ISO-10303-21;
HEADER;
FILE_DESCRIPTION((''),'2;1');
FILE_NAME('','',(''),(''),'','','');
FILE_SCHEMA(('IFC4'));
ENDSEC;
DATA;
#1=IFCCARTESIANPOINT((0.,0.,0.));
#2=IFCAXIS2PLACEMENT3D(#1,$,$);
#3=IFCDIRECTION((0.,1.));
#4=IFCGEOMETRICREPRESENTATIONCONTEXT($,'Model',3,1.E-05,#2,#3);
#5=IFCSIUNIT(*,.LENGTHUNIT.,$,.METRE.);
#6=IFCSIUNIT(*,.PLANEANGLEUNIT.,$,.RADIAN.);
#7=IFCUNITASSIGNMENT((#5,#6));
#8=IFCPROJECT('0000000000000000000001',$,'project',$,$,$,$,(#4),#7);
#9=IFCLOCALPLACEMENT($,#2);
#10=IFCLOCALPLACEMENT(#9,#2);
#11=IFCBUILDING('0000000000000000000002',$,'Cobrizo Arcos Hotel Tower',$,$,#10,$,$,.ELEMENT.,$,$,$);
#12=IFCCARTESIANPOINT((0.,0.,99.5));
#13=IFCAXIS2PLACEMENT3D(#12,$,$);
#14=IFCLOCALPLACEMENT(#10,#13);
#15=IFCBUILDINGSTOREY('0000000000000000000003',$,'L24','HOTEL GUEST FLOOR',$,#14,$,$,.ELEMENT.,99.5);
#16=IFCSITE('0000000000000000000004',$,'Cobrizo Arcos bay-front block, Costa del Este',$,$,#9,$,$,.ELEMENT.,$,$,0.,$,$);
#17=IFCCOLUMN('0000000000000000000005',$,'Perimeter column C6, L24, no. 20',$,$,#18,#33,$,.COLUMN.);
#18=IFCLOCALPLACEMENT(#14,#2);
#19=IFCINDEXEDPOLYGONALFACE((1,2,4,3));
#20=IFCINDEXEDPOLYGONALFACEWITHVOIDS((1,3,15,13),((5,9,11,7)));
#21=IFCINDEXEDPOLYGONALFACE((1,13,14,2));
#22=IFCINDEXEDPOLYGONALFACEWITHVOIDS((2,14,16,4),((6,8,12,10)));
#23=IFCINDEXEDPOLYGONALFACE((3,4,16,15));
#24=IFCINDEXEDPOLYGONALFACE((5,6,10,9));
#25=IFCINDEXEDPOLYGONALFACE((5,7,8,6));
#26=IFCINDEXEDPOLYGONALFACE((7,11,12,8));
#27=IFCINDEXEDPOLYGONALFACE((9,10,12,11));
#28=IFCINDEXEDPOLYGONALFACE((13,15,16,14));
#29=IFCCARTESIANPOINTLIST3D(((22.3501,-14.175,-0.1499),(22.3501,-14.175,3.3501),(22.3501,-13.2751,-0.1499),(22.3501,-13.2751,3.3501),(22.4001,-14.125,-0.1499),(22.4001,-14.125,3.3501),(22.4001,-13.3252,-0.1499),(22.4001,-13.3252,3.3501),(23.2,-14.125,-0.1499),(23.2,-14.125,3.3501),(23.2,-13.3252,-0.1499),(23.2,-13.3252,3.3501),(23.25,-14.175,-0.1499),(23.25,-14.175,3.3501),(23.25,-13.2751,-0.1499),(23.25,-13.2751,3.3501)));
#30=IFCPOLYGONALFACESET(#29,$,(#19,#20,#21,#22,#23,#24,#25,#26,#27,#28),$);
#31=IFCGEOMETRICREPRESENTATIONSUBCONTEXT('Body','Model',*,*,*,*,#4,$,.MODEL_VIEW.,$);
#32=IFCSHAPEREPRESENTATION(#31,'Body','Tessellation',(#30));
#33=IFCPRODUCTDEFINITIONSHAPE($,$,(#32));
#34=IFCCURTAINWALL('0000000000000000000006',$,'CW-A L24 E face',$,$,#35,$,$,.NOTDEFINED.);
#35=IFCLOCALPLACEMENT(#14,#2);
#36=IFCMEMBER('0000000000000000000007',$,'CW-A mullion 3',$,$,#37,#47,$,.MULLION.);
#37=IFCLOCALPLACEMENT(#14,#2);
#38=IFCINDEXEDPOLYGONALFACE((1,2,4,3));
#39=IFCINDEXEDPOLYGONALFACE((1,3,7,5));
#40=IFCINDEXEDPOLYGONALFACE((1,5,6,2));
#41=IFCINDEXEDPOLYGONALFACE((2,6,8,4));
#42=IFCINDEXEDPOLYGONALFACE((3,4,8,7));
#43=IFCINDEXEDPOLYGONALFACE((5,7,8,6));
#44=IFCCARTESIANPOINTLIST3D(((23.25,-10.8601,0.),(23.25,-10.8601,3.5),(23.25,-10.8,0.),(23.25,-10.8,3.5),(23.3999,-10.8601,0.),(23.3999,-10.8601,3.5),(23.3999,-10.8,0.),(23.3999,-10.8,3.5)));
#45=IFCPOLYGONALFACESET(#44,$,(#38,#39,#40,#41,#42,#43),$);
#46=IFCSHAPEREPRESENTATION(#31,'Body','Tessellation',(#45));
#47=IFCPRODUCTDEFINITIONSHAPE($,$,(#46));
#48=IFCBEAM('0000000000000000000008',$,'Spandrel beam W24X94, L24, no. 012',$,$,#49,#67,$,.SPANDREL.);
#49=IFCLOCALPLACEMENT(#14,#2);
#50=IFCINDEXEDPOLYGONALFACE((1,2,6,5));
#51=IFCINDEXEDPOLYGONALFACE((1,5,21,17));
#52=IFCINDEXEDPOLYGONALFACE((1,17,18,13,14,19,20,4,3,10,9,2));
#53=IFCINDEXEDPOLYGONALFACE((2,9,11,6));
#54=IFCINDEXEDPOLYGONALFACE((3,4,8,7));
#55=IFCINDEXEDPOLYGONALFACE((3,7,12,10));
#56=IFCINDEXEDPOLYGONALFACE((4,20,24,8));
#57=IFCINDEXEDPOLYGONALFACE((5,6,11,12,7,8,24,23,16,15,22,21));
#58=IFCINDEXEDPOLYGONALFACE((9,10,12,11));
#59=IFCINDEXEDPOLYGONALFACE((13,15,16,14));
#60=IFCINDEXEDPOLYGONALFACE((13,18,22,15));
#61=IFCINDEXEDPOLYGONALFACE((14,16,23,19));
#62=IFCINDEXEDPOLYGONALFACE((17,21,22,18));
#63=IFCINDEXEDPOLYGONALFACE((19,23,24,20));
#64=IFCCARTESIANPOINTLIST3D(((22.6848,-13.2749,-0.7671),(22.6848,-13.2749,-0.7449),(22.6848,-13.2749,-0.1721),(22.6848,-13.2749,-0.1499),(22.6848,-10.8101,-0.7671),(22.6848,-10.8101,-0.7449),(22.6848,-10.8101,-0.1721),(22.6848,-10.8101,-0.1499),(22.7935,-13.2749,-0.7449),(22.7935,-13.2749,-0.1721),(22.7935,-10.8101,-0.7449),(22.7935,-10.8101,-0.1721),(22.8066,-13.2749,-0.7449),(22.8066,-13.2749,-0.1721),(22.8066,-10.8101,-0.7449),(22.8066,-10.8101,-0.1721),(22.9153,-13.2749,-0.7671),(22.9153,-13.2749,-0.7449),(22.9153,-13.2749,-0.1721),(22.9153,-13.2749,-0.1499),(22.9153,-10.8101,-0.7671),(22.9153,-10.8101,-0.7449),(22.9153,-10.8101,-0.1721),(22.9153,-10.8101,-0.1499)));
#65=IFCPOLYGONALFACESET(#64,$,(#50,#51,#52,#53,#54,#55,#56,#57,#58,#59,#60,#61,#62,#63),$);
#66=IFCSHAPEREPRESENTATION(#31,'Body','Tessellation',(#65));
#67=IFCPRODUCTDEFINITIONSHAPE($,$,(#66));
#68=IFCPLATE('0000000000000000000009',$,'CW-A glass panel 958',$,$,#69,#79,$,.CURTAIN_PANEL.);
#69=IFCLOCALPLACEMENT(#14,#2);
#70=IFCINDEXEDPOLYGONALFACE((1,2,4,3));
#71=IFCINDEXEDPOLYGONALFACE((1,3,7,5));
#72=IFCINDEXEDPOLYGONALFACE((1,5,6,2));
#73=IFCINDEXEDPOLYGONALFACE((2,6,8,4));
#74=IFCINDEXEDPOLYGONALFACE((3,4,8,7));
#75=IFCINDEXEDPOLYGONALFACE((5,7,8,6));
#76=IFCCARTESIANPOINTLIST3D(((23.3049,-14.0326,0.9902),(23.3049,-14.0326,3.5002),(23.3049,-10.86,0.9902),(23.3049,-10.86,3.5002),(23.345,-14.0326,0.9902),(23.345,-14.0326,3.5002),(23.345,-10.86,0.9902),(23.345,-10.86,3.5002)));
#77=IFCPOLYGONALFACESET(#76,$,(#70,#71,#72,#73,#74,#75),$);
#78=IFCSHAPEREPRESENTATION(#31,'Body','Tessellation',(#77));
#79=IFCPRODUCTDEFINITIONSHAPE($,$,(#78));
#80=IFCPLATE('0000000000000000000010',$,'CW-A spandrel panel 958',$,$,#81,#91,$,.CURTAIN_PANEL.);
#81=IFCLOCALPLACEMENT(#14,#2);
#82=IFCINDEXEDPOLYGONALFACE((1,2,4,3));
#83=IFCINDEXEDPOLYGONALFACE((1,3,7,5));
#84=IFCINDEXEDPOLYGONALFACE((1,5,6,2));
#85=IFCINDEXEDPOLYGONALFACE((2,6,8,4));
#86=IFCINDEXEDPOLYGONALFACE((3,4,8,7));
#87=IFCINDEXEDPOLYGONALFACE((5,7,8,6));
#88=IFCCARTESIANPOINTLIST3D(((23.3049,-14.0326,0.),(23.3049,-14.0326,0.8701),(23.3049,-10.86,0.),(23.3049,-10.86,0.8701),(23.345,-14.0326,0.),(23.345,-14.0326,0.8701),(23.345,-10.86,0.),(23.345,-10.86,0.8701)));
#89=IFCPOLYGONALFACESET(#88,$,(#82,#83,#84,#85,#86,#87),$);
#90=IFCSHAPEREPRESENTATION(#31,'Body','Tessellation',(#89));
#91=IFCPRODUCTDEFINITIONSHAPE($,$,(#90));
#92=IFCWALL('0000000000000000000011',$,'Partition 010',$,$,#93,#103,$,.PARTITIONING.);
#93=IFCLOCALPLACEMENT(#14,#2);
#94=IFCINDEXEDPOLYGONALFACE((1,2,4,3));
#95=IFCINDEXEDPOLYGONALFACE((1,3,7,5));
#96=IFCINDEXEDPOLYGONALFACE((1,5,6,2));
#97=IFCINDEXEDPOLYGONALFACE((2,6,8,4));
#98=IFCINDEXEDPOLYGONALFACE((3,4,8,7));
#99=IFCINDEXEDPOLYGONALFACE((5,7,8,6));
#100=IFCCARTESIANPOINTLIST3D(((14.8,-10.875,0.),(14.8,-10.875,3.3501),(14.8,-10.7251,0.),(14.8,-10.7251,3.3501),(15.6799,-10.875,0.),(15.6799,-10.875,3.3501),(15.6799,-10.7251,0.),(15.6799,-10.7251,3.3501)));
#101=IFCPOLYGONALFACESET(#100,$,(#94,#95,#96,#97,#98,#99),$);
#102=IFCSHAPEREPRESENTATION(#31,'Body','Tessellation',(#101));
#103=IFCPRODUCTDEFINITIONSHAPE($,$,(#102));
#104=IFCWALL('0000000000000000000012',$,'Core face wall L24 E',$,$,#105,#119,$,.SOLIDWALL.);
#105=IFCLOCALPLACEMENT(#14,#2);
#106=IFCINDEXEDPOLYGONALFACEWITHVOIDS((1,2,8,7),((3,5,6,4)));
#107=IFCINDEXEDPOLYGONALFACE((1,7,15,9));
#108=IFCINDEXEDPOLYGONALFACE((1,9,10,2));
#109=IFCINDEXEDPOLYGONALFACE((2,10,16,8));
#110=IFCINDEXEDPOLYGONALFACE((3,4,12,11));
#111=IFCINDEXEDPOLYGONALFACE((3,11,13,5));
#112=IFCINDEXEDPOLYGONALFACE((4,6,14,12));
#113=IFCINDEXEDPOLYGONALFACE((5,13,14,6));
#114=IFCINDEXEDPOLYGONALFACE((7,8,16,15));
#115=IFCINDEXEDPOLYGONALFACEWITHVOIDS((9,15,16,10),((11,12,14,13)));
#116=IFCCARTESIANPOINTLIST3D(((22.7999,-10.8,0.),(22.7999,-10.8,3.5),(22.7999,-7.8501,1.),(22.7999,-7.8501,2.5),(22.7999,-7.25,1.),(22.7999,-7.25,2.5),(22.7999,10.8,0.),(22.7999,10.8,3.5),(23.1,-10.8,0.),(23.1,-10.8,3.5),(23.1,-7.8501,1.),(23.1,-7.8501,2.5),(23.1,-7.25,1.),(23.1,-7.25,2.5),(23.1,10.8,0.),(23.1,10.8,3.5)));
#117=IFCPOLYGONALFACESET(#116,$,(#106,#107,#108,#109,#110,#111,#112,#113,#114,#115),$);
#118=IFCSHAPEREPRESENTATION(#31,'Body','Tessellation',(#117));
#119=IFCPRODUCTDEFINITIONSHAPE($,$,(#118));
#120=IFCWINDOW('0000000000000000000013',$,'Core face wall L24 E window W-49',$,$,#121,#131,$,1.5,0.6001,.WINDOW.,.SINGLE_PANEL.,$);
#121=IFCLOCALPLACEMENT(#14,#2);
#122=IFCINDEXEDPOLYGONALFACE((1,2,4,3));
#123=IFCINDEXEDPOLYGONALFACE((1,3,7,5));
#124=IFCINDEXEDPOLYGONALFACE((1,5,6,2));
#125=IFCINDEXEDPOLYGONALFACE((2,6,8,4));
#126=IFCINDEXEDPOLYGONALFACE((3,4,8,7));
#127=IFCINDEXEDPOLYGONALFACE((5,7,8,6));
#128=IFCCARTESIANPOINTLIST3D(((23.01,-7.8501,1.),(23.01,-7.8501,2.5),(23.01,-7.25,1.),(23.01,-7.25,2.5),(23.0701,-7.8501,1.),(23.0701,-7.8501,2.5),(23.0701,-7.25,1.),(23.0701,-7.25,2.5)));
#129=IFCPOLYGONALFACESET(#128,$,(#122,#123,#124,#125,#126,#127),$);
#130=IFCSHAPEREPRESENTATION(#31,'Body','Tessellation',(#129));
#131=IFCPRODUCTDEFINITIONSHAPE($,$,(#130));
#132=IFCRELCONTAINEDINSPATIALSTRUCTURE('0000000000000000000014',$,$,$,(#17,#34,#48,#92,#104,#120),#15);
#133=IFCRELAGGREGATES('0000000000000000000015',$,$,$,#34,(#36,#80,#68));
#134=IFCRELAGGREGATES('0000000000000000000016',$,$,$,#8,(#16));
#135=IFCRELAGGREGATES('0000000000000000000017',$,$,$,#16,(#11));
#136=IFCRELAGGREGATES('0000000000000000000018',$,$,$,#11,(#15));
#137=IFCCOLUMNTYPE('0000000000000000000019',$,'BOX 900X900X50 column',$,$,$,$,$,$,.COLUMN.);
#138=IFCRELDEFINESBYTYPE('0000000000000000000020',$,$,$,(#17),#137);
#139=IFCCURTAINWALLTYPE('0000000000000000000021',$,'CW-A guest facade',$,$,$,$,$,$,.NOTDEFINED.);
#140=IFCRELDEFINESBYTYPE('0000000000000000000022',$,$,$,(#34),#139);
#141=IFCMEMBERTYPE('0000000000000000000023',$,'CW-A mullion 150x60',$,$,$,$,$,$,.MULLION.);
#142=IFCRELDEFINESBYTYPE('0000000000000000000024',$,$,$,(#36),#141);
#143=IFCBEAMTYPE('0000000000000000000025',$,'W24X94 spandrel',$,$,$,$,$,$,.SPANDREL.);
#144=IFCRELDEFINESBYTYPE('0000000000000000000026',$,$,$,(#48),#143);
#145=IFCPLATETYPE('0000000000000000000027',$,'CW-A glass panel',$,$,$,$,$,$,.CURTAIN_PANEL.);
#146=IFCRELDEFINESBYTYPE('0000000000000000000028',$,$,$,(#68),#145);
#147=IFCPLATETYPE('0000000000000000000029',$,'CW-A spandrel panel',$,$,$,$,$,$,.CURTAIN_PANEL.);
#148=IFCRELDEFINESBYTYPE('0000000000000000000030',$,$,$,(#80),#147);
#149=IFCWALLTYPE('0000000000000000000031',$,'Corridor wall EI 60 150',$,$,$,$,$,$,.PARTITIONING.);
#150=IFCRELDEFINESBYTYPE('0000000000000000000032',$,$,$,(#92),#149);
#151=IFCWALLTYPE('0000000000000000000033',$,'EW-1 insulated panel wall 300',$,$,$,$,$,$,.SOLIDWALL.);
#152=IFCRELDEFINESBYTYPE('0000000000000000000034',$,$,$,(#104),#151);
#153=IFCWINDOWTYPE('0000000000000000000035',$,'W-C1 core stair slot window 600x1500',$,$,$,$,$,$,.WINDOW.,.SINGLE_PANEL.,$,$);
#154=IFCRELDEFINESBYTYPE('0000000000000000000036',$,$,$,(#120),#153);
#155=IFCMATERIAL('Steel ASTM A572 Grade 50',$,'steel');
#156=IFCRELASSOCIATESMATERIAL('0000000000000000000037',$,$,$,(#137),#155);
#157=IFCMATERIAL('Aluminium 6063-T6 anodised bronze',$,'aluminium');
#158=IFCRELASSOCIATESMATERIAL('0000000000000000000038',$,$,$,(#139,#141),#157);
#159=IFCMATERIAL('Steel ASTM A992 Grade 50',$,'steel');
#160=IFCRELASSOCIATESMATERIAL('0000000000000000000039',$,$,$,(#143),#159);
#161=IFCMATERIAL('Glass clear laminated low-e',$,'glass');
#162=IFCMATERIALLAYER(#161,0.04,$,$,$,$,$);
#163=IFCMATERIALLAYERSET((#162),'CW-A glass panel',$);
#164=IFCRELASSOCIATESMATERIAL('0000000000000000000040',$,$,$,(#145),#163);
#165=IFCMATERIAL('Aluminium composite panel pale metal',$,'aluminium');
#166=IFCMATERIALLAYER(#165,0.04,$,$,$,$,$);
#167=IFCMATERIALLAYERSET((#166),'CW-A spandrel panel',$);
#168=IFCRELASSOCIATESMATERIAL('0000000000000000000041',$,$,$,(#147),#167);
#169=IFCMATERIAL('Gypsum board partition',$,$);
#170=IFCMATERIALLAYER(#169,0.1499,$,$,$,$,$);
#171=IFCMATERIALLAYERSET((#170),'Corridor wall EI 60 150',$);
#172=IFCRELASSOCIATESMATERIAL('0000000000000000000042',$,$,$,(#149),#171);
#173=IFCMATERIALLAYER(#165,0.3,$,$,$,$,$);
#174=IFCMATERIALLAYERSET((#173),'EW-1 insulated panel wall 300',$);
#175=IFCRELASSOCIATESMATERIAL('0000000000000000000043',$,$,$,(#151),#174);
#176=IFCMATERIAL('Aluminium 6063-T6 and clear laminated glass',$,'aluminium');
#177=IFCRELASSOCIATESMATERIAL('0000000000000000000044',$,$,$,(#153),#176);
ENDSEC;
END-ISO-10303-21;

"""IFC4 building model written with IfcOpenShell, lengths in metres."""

from ifc_helpers import new_model, si_unit, direction, frame, frame_2d, origin, origin_2d, place, context, subcontext, project, spatial, rectangle, hollow_rectangle, i_section, extrude, material, layer, layer_set, material_profile, profile_set, type_object, element, fill, aggregate, save


model = new_model("IFC4")

# Units and contexts
model_context = context("Model", 3, precision=1e-05, world=origin(), true_north=direction((0.0, 1.0)))
body_context = subcontext(model_context, "Body", "Model", "MODEL_VIEW")
ifc_project = project(units=[si_unit("LENGTHUNIT", "METRE"), si_unit("PLANEANGLEUNIT", "RADIAN")], contexts=[model_context])

# Site, building, storey
site_placement = place(None, origin())
site = spatial("IfcSite", under=ifc_project, at=site_placement, Name="Cobrizo Arcos bay-front block, Costa del Este", CompositionType="ELEMENT", RefElevation=0.0)
building_placement = place(site_placement, origin())
building = spatial("IfcBuilding", under=site, at=building_placement, Name="Cobrizo Arcos Hotel Tower", CompositionType="ELEMENT")
storey_placement = place(building_placement, frame((0.0, 0.0, 99.5)))
storey = spatial("IfcBuildingStorey", under=building, at=storey_placement, Name="L24", Description="HOTEL GUEST FLOOR", CompositionType="ELEMENT", Elevation=99.5)

# Column
ifc_material_1 = material(Name="Steel ASTM A572 Grade 50", Category="steel")
ifc_material_profile_1 = material_profile(ifc_material_1, hollow_rectangle(XDim=0.8999, YDim=0.8999, WallThickness=0.05, at=origin_2d()), Name="BOX 900X900X50")
ifc_profile_set_1 = profile_set([ifc_material_profile_1], Name="Steel ASTM A572 Grade 50")
column_type = type_object("IfcColumnType", Name="BOX 900X900X50 column", PredefinedType="COLUMN", material=ifc_profile_set_1)
column_placement = place(storey_placement, frame((22.8, -13.7251, -0.1499), z_axis=(0.0, 0.0, 1.0), x_axis=(1.0, 0.0, 0.0)))
element("IfcColumn", 1, at=column_placement, inside=storey, type_object=column_type, Name="Perimeter column C6, L24, no. 20", PredefinedType="COLUMN", context=body_context, shape_type="SweptSolid", body=[
    extrude(hollow_rectangle(XDim=0.8999, YDim=0.8999, WallThickness=0.05, at=origin_2d()), origin(), (0.0, 0.0, 1.0), 3.5),
])

# Curtain wall, member
ifc_material_2 = material(Name="Aluminium 6063-T6 anodised bronze", Category="aluminium")
curtain_wall_type = type_object("IfcCurtainWallType", Name="CW-A guest facade", PredefinedType="NOTDEFINED", material=ifc_material_2)
curtain_wall_placement = place(storey_placement, origin())
curtain_wall = element("IfcCurtainWall", 2, at=curtain_wall_placement, inside=storey, type_object=curtain_wall_type, Name="CW-A L24 E face", PredefinedType="NOTDEFINED")
ifc_material_profile_2 = material_profile(ifc_material_2, rectangle(XDim=0.1499, YDim=0.0601, at=origin_2d()), Name="CW-A mullion 150x60")
ifc_profile_set_2 = profile_set([ifc_material_profile_2], Name="Aluminium 6063-T6 anodised bronze")
member_type = type_object("IfcMemberType", Name="CW-A mullion 150x60", PredefinedType="MULLION", material=ifc_profile_set_2)
member_placement = place(storey_placement, frame((23.325, -10.8301, 0.0), z_axis=(0.0, 0.0, 1.0), x_axis=(1.0, 0.0, 0.0)))
member = element("IfcMember", 3, at=member_placement, type_object=member_type, Name="CW-A mullion 3", PredefinedType="MULLION", context=body_context, shape_type="SweptSolid", body=[
    extrude(rectangle(XDim=0.1499, YDim=0.0601, at=origin_2d()), origin(), (0.0, 0.0, 1.0), 3.5),
])

# Beam
ifc_material_3 = material(Name="Steel ASTM A992 Grade 50", Category="steel")
ifc_material_profile_3 = material_profile(ifc_material_3, i_section(OverallWidth=0.2305, OverallDepth=0.6172, WebThickness=0.0132, FlangeThickness=0.0222, at=origin_2d()), Name="W24X94")
ifc_profile_set_3 = profile_set([ifc_material_profile_3], Name="Steel ASTM A992 Grade 50")
beam_type = type_object("IfcBeamType", Name="W24X94 spandrel", PredefinedType="SPANDREL", material=ifc_profile_set_3)
beam_placement = place(storey_placement, frame((22.8, -13.2749, -0.4585), z_axis=(0.0, 1.0, 0.0), x_axis=(-1.0, 0.0, 0.0)))
element("IfcBeam", 4, at=beam_placement, inside=storey, type_object=beam_type, Name="Spandrel beam W24X94, L24, no. 012", PredefinedType="SPANDREL", context=body_context, shape_type="SweptSolid", body=[
    extrude(i_section(OverallWidth=0.2305, OverallDepth=0.6172, WebThickness=0.0132, FlangeThickness=0.0222, at=origin_2d()), origin(), (0.0, 0.0, 1.0), 2.4648),
])

# Plates
ifc_material_4 = material(Name="Glass clear laminated low-e", Category="glass")
ifc_layer_1 = layer(ifc_material_4, 0.04)
ifc_layer_set_1 = layer_set([ifc_layer_1], Name="CW-A glass panel")
plate_type_1 = type_object("IfcPlateType", Name="CW-A glass panel", PredefinedType="CURTAIN_PANEL", material=ifc_layer_set_1)
plate_1_placement = place(storey_placement, frame((23.325, -12.4463, 0.9902), z_axis=(0.0, 0.0, 1.0), x_axis=(0.0, 1.0, 0.0)))
plate_1 = element("IfcPlate", 5, at=plate_1_placement, type_object=plate_type_1, Name="CW-A glass panel 958", PredefinedType="CURTAIN_PANEL", context=body_context, shape_type="SweptSolid", body=[
    extrude(rectangle(XDim=3.1726, YDim=0.04, at=origin_2d()), origin(), (0.0, 0.0, 1.0), 2.51),
])
ifc_material_5 = material(Name="Aluminium composite panel pale metal", Category="aluminium")
ifc_layer_2 = layer(ifc_material_5, 0.04)
ifc_layer_set_2 = layer_set([ifc_layer_2], Name="CW-A spandrel panel")
plate_type_2 = type_object("IfcPlateType", Name="CW-A spandrel panel", PredefinedType="CURTAIN_PANEL", material=ifc_layer_set_2)
plate_2_placement = place(storey_placement, frame((23.325, -12.4463, 0.0), z_axis=(0.0, 0.0, 1.0), x_axis=(0.0, 1.0, 0.0)))
plate_2 = element("IfcPlate", 6, at=plate_2_placement, type_object=plate_type_2, Name="CW-A spandrel panel 958", PredefinedType="CURTAIN_PANEL", context=body_context, shape_type="SweptSolid", body=[
    extrude(rectangle(XDim=3.1726, YDim=0.04, at=origin_2d()), origin(), (0.0, 0.0, 1.0), 0.8701),
])
aggregate(curtain_wall, [member, plate_2, plate_1])

# Wall
ifc_material_6 = material(Name="Gypsum board partition")
ifc_layer_3 = layer(ifc_material_6, 0.1499)
ifc_layer_set_3 = layer_set([ifc_layer_3], Name="Corridor wall EI 60 150")
wall_type_1 = type_object("IfcWallType", Name="Corridor wall EI 60 150", PredefinedType="PARTITIONING", material=ifc_layer_set_3)
wall_1_placement = place(storey_placement, frame((14.8, -10.8, 0.0), z_axis=(0.0, 0.0, 1.0), x_axis=(1.0, 0.0, 0.0)))
element("IfcWall", 7, at=wall_1_placement, inside=storey, type_object=wall_type_1, Name="Partition 010", PredefinedType="PARTITIONING", context=body_context, shape_type="SweptSolid", body=[
    extrude(rectangle(XDim=0.8799, YDim=0.1499, at=frame_2d((0.4399, 0.0))), origin(), (0.0, 0.0, 1.0), 3.3501),
])

# Wall, opening, window
ifc_layer_4 = layer(ifc_material_5, 0.3)
ifc_layer_set_4 = layer_set([ifc_layer_4], Name="EW-1 insulated panel wall 300")
wall_type_2 = type_object("IfcWallType", Name="EW-1 insulated panel wall 300", PredefinedType="SOLIDWALL", material=ifc_layer_set_4)
wall_2_placement = place(storey_placement, frame((22.95, -10.8, 0.0), z_axis=(0.0, 0.0, 1.0), x_axis=(0.0, 1.0, 0.0)))
wall_2 = element("IfcWall", 8, at=wall_2_placement, inside=storey, type_object=wall_type_2, Name="Core face wall L24 E", PredefinedType="SOLIDWALL", context=body_context, shape_type="SweptSolid", body=[
    extrude(rectangle(XDim=21.6001, YDim=0.3, at=frame_2d((10.8, 0.0))), origin(), (0.0, 0.0, 1.0), 3.5),
])
opening_1_placement = place(wall_2_placement, frame((2.95, 0.0, 1.0)))
opening_1 = element("IfcOpeningElement", 9, at=opening_1_placement, cuts=wall_2, PredefinedType="OPENING", context=body_context, shape_type="SweptSolid", body=[
    extrude(rectangle(XDim=0.6001, YDim=1.5, at=frame_2d((0.3, 0.75))), frame((0.0, 0.1621, 0.0), z_axis=(0.0, -1.0, 0.0), x_axis=(1.0, 0.0, 0.0)), (0.0, 0.0, 1.0), 0.324),
])
ifc_material_7 = material(Name="Aluminium 6063-T6 and clear laminated glass", Category="aluminium")
window_type = type_object("IfcWindowType", Name="W-C1 core stair slot window 600x1500", PartitioningType="SINGLE_PANEL", PredefinedType="WINDOW", material=ifc_material_7)
window_placement = place(opening_1_placement, origin())
window = element("IfcWindow", 10, at=window_placement, inside=storey, type_object=window_type, Name="Core face wall L24 E window W-49", OverallHeight=1.5, OverallWidth=0.6001, PartitioningType="SINGLE_PANEL", PredefinedType="WINDOW", context=body_context, shape_type="SweptSolid", body=[
    extrude(rectangle(XDim=0.6001, YDim=1.5, at=frame_2d((0.3, 0.75))), frame((0.0, -0.0601, 0.0), z_axis=(0.0, -1.0, 0.0), x_axis=(1.0, 0.0, 0.0)), (0.0, 0.0, 1.0), 0.0601),
])
fill(opening_1, window)

save(model, "model.ifc")
